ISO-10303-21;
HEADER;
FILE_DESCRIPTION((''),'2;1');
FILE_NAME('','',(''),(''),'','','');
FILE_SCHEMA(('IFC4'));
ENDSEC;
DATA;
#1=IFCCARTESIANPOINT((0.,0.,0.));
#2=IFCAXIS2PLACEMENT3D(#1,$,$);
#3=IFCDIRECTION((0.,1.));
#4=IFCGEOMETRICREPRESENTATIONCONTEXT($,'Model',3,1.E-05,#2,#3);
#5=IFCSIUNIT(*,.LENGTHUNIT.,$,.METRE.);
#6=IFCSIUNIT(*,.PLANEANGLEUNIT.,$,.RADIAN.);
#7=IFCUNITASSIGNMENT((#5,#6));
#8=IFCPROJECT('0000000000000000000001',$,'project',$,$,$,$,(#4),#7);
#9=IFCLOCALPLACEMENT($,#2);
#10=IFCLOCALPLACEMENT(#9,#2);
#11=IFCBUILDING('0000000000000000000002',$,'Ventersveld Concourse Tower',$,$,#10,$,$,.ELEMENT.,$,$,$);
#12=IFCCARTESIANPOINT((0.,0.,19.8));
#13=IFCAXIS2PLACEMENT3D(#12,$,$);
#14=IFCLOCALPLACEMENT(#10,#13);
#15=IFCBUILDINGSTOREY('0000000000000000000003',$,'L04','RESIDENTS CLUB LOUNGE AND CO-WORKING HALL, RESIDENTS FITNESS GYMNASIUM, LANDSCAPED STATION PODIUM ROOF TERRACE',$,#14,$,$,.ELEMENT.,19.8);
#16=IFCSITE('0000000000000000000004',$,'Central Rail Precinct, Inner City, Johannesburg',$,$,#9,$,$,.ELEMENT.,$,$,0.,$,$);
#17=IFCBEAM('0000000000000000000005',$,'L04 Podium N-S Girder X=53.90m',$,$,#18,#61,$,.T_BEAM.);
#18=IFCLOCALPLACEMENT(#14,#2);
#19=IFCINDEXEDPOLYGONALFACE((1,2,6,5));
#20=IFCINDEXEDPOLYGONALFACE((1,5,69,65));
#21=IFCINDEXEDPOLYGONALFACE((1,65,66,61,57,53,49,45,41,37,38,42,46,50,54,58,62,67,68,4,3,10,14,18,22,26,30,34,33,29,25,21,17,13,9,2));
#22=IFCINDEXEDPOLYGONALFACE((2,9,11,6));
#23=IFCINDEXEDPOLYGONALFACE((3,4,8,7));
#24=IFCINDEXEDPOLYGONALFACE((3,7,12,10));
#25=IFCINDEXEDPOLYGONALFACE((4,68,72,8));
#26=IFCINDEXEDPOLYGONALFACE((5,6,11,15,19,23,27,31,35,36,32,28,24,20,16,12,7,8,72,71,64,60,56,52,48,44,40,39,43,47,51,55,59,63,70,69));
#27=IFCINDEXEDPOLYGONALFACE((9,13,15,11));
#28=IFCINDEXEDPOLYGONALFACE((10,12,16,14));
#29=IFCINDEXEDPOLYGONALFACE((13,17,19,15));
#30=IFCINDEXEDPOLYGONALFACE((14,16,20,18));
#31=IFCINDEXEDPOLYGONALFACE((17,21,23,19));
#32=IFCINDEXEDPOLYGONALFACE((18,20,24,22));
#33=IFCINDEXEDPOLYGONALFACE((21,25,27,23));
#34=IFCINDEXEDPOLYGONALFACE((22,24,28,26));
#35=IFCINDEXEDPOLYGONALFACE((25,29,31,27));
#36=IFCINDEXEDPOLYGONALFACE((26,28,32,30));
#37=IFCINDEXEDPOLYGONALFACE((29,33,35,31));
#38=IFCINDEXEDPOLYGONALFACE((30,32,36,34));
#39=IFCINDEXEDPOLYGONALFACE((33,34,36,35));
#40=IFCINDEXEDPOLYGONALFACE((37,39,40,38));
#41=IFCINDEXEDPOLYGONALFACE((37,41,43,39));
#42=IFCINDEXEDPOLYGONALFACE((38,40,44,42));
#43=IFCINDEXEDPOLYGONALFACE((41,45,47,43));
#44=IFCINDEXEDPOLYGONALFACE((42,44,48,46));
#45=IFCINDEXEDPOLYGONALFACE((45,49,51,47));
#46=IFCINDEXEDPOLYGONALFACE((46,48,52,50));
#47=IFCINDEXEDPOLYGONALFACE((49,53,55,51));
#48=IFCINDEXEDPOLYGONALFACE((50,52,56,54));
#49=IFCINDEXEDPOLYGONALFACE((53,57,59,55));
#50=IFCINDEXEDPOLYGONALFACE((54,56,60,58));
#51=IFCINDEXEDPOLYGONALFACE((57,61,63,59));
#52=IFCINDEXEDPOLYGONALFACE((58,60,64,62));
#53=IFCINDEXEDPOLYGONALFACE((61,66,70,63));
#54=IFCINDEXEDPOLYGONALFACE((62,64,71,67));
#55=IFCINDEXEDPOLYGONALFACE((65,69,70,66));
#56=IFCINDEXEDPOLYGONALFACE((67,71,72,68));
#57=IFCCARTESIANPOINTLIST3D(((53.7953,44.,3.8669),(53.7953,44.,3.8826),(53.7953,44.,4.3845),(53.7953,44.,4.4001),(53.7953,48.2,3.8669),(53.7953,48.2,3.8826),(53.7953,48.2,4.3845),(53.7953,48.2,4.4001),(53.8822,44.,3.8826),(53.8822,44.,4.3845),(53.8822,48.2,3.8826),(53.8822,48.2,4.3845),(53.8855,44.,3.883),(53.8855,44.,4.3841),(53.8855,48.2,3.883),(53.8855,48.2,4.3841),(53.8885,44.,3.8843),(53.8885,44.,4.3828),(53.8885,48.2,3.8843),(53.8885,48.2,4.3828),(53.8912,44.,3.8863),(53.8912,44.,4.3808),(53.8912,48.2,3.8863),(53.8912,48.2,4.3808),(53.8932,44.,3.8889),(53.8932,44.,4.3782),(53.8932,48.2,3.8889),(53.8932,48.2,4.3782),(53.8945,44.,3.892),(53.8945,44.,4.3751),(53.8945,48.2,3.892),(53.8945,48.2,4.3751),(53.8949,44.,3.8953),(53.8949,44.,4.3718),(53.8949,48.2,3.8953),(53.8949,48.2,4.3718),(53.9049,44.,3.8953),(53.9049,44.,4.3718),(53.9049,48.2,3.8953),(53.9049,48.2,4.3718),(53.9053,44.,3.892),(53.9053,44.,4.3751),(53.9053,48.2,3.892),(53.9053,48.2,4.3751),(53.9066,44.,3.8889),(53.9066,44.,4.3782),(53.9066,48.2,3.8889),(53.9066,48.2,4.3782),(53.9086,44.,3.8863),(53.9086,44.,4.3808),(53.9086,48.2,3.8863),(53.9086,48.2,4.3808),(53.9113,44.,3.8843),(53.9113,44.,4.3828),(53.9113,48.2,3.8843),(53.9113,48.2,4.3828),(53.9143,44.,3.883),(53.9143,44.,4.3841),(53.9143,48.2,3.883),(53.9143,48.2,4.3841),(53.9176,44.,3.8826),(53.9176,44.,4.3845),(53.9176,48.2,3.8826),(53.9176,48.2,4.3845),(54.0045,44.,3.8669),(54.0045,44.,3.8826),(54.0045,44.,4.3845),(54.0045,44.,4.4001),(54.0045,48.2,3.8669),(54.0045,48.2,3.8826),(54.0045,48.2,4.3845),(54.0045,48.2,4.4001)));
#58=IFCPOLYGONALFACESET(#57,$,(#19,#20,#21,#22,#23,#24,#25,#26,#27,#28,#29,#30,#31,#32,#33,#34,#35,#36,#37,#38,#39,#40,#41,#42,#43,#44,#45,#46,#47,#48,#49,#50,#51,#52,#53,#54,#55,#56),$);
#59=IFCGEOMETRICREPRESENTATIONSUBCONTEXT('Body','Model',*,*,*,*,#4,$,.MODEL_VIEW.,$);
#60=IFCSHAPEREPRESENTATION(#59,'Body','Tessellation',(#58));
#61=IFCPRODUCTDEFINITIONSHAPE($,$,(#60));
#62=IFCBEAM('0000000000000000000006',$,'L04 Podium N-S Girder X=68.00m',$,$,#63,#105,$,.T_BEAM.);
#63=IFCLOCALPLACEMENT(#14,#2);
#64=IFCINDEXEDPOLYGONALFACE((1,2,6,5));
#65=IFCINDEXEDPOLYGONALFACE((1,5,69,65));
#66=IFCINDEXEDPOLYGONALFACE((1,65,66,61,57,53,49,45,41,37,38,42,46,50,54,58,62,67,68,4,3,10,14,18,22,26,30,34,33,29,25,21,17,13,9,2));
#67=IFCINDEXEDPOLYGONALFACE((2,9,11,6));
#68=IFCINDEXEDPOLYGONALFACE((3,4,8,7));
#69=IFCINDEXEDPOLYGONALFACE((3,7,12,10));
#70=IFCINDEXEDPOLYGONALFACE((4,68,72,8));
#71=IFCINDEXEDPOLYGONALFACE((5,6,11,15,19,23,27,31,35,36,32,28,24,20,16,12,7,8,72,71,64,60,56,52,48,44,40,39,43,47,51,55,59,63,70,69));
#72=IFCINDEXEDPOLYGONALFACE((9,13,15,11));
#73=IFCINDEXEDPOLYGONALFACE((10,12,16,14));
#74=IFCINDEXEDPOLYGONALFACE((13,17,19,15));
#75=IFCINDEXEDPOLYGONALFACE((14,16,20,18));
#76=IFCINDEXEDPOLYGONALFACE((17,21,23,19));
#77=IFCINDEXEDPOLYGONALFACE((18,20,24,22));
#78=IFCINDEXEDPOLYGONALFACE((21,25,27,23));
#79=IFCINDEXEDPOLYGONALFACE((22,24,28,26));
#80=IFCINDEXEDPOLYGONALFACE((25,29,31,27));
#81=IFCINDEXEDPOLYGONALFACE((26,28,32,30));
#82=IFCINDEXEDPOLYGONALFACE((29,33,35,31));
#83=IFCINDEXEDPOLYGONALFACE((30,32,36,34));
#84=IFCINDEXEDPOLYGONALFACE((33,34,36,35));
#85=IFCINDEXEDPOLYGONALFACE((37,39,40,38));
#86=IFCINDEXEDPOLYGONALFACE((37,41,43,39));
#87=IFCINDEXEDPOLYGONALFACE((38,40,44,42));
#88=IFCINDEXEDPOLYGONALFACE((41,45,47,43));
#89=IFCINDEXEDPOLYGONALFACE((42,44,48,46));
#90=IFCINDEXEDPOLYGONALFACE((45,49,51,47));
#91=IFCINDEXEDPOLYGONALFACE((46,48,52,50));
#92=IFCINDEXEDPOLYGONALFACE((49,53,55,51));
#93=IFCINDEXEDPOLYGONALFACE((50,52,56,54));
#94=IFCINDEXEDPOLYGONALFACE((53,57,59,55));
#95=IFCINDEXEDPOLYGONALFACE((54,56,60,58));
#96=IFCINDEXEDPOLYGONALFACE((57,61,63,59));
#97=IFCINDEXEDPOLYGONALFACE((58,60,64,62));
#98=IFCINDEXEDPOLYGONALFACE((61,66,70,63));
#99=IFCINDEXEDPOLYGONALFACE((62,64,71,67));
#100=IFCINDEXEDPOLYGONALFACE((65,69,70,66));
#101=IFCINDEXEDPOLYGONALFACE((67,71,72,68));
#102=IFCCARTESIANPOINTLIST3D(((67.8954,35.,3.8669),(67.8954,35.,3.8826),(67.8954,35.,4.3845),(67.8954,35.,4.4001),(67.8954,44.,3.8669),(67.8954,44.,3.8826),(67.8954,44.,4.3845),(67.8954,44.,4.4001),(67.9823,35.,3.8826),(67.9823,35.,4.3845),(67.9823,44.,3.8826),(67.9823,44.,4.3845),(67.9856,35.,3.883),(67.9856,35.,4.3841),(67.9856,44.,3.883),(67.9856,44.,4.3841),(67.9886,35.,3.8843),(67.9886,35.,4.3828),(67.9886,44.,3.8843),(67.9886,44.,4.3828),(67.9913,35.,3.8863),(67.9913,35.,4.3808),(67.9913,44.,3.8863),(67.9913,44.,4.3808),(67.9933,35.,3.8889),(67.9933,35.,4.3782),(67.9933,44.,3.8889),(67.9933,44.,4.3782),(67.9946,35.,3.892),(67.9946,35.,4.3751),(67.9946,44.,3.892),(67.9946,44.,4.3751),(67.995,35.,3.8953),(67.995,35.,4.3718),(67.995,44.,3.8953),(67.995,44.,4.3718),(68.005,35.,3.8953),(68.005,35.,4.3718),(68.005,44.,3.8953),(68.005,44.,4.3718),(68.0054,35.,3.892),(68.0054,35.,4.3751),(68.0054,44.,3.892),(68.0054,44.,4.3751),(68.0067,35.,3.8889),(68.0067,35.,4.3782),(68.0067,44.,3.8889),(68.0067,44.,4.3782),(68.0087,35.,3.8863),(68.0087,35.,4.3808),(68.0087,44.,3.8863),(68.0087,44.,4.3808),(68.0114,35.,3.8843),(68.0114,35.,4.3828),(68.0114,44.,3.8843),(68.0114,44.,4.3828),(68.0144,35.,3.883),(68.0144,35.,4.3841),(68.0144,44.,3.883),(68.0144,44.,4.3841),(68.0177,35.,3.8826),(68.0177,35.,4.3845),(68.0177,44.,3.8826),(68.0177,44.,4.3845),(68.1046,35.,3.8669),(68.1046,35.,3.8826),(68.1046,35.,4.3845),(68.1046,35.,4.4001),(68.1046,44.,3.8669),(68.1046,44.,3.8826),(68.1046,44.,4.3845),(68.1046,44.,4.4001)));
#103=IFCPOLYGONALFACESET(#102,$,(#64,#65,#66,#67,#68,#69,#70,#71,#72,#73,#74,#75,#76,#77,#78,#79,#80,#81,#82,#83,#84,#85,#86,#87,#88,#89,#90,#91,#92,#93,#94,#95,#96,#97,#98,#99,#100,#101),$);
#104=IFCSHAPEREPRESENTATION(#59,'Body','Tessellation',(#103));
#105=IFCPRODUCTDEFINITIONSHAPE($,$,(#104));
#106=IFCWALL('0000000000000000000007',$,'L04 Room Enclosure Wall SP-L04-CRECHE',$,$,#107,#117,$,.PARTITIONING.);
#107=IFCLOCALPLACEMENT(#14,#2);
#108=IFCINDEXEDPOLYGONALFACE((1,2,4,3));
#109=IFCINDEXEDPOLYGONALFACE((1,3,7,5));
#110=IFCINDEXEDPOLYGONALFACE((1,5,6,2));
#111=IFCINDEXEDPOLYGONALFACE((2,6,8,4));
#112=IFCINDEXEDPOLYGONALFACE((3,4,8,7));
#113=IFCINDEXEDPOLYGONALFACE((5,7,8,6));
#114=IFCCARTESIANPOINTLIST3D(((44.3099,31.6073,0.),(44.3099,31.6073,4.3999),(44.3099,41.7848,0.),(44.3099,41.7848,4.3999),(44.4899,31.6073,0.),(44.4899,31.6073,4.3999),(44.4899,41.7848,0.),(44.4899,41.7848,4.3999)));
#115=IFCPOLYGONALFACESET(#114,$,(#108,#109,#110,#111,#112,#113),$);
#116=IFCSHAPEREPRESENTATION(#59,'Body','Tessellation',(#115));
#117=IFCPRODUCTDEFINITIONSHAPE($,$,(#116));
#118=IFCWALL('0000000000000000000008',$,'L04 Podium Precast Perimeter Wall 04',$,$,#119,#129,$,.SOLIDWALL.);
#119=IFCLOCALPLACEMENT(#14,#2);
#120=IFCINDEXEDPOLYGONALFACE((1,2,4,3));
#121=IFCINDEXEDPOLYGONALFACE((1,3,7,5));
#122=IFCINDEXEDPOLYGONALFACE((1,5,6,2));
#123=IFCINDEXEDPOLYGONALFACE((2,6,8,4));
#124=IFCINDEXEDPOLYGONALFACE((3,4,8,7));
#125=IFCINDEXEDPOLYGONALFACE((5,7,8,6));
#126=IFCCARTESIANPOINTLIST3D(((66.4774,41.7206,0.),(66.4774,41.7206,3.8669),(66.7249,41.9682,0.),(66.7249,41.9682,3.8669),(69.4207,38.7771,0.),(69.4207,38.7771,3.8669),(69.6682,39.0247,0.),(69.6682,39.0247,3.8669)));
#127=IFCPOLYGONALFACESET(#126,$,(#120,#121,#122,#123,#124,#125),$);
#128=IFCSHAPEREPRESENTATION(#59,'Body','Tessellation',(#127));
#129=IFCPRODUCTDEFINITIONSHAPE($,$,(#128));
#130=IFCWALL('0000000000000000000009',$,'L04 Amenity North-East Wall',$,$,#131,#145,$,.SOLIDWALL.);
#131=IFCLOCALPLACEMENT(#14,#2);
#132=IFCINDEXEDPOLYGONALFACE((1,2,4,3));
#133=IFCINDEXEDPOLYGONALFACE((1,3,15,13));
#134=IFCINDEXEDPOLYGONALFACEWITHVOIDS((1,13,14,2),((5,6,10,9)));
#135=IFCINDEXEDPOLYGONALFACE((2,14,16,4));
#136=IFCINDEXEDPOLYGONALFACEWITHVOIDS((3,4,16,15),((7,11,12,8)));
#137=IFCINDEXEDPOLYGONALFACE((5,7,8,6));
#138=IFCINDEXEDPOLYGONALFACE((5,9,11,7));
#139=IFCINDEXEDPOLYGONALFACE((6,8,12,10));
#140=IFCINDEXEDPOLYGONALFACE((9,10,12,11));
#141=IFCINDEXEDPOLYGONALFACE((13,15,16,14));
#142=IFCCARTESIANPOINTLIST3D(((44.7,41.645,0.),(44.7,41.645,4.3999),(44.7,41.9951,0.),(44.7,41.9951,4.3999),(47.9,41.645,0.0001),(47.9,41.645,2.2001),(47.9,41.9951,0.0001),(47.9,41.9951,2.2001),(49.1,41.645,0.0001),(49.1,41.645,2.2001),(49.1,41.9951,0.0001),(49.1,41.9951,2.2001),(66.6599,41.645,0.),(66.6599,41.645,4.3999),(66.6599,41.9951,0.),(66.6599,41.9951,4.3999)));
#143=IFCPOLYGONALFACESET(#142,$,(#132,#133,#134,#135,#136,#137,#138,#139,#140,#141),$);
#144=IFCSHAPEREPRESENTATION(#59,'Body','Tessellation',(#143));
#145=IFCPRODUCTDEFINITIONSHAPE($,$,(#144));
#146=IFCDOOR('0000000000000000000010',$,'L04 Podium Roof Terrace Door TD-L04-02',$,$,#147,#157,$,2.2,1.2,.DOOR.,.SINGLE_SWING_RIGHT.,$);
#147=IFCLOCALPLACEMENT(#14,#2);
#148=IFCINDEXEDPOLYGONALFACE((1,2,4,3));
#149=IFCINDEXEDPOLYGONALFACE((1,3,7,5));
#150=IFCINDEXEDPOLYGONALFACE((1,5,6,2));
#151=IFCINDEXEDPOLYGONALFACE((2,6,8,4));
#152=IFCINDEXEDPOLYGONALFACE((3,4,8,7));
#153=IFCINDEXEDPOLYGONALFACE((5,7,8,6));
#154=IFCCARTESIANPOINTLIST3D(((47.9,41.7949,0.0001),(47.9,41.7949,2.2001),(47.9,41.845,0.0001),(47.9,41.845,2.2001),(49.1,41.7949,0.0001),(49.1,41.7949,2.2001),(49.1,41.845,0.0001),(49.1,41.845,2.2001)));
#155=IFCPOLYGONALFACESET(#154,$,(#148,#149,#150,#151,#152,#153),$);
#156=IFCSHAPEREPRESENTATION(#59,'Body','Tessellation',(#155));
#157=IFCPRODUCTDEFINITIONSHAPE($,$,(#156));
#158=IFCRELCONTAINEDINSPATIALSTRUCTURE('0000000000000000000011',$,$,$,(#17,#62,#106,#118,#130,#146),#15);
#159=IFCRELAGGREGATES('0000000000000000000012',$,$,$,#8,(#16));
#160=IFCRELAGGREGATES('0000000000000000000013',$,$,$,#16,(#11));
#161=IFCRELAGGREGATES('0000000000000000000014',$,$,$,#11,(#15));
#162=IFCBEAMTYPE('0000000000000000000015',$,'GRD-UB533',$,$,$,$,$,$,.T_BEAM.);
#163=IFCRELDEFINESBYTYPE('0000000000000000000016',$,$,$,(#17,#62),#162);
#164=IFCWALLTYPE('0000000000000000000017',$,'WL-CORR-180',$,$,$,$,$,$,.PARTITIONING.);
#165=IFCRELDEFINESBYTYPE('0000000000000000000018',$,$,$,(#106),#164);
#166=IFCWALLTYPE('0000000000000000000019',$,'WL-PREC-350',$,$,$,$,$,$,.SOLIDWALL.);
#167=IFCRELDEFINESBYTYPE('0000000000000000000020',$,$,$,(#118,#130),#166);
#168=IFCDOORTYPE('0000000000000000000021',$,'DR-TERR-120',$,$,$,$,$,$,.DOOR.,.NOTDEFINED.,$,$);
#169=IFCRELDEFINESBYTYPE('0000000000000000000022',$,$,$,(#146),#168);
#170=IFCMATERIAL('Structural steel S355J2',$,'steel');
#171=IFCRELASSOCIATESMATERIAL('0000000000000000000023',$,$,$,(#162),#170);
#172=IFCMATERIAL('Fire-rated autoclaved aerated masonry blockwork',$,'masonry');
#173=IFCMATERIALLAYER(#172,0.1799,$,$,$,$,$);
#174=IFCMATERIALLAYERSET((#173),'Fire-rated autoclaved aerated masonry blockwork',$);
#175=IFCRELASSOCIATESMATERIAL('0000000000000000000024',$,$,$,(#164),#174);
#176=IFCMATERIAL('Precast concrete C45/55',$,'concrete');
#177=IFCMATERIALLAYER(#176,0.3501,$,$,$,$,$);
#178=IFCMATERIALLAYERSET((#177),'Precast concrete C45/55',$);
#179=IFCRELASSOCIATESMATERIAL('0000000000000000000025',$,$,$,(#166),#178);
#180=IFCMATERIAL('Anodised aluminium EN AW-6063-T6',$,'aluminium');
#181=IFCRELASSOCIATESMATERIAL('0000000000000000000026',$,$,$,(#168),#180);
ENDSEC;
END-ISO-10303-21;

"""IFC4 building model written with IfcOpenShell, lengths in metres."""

from ifc_helpers import new_model, si_unit, direction, frame, frame_2d, origin, origin_2d, place, context, subcontext, project, spatial, rectangle, i_section, extrude, material, layer, layer_set, material_profile, profile_set, type_object, element, fill, save


model = new_model("IFC4")

# Units and contexts
model_context = context("Model", 3, precision=1e-05, world=origin(), true_north=direction((0.0, 1.0)))
body_context = subcontext(model_context, "Body", "Model", "MODEL_VIEW")
ifc_project = project(units=[si_unit("LENGTHUNIT", "METRE"), si_unit("PLANEANGLEUNIT", "RADIAN")], contexts=[model_context])

# Site, building, storey
site_placement = place(None, origin())
site = spatial("IfcSite", under=ifc_project, at=site_placement, Name="Central Rail Precinct, Inner City, Johannesburg", CompositionType="ELEMENT", RefElevation=0.0)
building_placement = place(site_placement, origin())
building = spatial("IfcBuilding", under=site, at=building_placement, Name="Ventersveld Concourse Tower", CompositionType="ELEMENT")
storey_placement = place(building_placement, frame((0.0, 0.0, 19.8)))
storey = spatial("IfcBuildingStorey", under=building, at=storey_placement, Name="L04", Description="RESIDENTS CLUB LOUNGE AND CO-WORKING HALL, RESIDENTS FITNESS GYMNASIUM, LANDSCAPED STATION PODIUM ROOF TERRACE", CompositionType="ELEMENT", Elevation=19.8)

# Beams
ifc_material_1 = material(Name="Structural steel S355J2", Category="steel")
ifc_material_profile_1 = material_profile(ifc_material_1, i_section(OverallWidth=0.2092, OverallDepth=0.5332, WebThickness=0.01, FlangeThickness=0.0156, FilletRadius=0.0127, at=origin_2d()), Name="UB 533x210x92")
ifc_profile_set_1 = profile_set([ifc_material_profile_1], Name="Structural steel S355J2")
beam_type_1 = type_object("IfcBeamType", Name="GRD-UB533", PredefinedType="T_BEAM", material=ifc_profile_set_1)
beam_1_placement = place(storey_placement, frame((53.8999, 44.0, 4.1335), z_axis=(0.0, 1.0, 0.0), x_axis=(-1.0, 0.0, 0.0)))
element("IfcBeam", 1, at=beam_1_placement, inside=storey, type_object=beam_type_1, Name="L04 Podium N-S Girder X=53.90m", PredefinedType="T_BEAM", context=body_context, shape_type="SweptSolid", body=[
    extrude(i_section(OverallWidth=0.2092, OverallDepth=0.5332, WebThickness=0.01, FlangeThickness=0.0156, FilletRadius=0.0127, at=origin_2d()), origin(), (0.0, 0.0, 1.0), 4.2),
])
beam_2_placement = place(storey_placement, frame((68.0, 35.0, 4.1335), z_axis=(0.0, 1.0, 0.0), x_axis=(-1.0, 0.0, 0.0)))
element("IfcBeam", 2, at=beam_2_placement, inside=storey, type_object=beam_type_1, Name="L04 Podium N-S Girder X=68.00m", PredefinedType="T_BEAM", context=body_context, shape_type="SweptSolid", body=[
    extrude(i_section(OverallWidth=0.2092, OverallDepth=0.5332, WebThickness=0.01, FlangeThickness=0.0156, FilletRadius=0.0127, at=origin_2d()), origin(), (0.0, 0.0, 1.0), 9.0),
])

# Walls
ifc_material_2 = material(Name="Fire-rated autoclaved aerated masonry blockwork", Category="masonry")
ifc_layer_1 = layer(ifc_material_2, 0.1799)
ifc_layer_set_1 = layer_set([ifc_layer_1], Name="Fire-rated autoclaved aerated masonry blockwork")
wall_type_1 = type_object("IfcWallType", Name="WL-CORR-180", PredefinedType="PARTITIONING", material=ifc_layer_set_1)
wall_1_placement = place(storey_placement, frame((44.3999, 41.7849, 0.0), z_axis=(0.0, 0.0, 1.0), x_axis=(0.0, -1.0, 0.0)))
element("IfcWall", 3, at=wall_1_placement, inside=storey, type_object=wall_type_1, Name="L04 Room Enclosure Wall SP-L04-CRECHE", PredefinedType="PARTITIONING", context=body_context, shape_type="SweptSolid", body=[
    extrude(rectangle(XDim=10.1775, YDim=0.1799, at=frame_2d((5.0889, 0.0))), origin(), (0.0, 0.0, 1.0), 4.3999),
])
ifc_material_3 = material(Name="Precast concrete C45/55", Category="concrete")
ifc_layer_2 = layer(ifc_material_3, 0.3501)
ifc_layer_set_2 = layer_set([ifc_layer_2], Name="Precast concrete C45/55")
wall_type_2 = type_object("IfcWallType", Name="WL-PREC-350", PredefinedType="SOLIDWALL", material=ifc_layer_set_2)
wall_2_placement = place(storey_placement, frame((69.5444, 38.9009, 0.0), z_axis=(0.0, 0.0, 1.0), x_axis=(-0.707077, 0.707136, 0.0)))
element("IfcWall", 4, at=wall_2_placement, inside=storey, type_object=wall_type_2, Name="L04 Podium Precast Perimeter Wall 04", PredefinedType="SOLIDWALL", context=body_context, shape_type="SweptSolid", body=[
    extrude(rectangle(XDim=4.1626, YDim=0.3501, at=frame_2d((2.0813, 0.0))), origin(), (0.0, 0.0, 1.0), 3.8669),
])

# Wall, opening, door
wall_3_placement = place(storey_placement, frame((44.7, 41.8201, 0.0), z_axis=(0.0, 0.0, 1.0), x_axis=(1.0, 0.0, 0.0)))
wall_3 = element("IfcWall", 5, at=wall_3_placement, inside=storey, type_object=wall_type_2, Name="L04 Amenity North-East Wall", PredefinedType="SOLIDWALL", context=body_context, shape_type="SweptSolid", body=[
    extrude(rectangle(XDim=21.96, YDim=0.3501, at=frame_2d((10.98, 0.0))), origin(), (0.0, 0.0, 1.0), 4.3999),
])
opening_placement = place(wall_3_placement, frame((3.2, 0.0, 0.0)))
opening = element("IfcOpeningElement", 6, at=opening_placement, cuts=wall_3, PredefinedType="OPENING", context=body_context, shape_type="SweptSolid", body=[
    extrude(rectangle(XDim=1.2, YDim=2.2, at=frame_2d((0.6001, 1.1001))), frame((0.0, 0.1851, 0.0), z_axis=(0.0, -1.0, 0.0), x_axis=(1.0, 0.0, 0.0)), (0.0, 0.0, 1.0), 0.3701),
])
ifc_material_4 = material(Name="Anodised aluminium EN AW-6063-T6", Category="aluminium")
door_type = type_object("IfcDoorType", Name="DR-TERR-120", OperationType="NOTDEFINED", PredefinedType="DOOR", material=ifc_material_4)
door_placement = place(opening_placement, origin())
door = element("IfcDoor", 7, at=door_placement, inside=storey, type_object=door_type, Name="L04 Podium Roof Terrace Door TD-L04-02", OperationType="SINGLE_SWING_RIGHT", OverallHeight=2.2, OverallWidth=1.2, PredefinedType="DOOR", context=body_context, shape_type="SweptSolid", body=[
    extrude(rectangle(XDim=1.2, YDim=2.2, at=frame_2d((0.6001, 1.1001))), frame((0.0, 0.0249, 0.0), z_axis=(0.0, -1.0, 0.0), x_axis=(1.0, 0.0, 0.0)), (0.0, 0.0, 1.0), 0.05),
])
fill(opening, door)

save(model, "model.ifc")
